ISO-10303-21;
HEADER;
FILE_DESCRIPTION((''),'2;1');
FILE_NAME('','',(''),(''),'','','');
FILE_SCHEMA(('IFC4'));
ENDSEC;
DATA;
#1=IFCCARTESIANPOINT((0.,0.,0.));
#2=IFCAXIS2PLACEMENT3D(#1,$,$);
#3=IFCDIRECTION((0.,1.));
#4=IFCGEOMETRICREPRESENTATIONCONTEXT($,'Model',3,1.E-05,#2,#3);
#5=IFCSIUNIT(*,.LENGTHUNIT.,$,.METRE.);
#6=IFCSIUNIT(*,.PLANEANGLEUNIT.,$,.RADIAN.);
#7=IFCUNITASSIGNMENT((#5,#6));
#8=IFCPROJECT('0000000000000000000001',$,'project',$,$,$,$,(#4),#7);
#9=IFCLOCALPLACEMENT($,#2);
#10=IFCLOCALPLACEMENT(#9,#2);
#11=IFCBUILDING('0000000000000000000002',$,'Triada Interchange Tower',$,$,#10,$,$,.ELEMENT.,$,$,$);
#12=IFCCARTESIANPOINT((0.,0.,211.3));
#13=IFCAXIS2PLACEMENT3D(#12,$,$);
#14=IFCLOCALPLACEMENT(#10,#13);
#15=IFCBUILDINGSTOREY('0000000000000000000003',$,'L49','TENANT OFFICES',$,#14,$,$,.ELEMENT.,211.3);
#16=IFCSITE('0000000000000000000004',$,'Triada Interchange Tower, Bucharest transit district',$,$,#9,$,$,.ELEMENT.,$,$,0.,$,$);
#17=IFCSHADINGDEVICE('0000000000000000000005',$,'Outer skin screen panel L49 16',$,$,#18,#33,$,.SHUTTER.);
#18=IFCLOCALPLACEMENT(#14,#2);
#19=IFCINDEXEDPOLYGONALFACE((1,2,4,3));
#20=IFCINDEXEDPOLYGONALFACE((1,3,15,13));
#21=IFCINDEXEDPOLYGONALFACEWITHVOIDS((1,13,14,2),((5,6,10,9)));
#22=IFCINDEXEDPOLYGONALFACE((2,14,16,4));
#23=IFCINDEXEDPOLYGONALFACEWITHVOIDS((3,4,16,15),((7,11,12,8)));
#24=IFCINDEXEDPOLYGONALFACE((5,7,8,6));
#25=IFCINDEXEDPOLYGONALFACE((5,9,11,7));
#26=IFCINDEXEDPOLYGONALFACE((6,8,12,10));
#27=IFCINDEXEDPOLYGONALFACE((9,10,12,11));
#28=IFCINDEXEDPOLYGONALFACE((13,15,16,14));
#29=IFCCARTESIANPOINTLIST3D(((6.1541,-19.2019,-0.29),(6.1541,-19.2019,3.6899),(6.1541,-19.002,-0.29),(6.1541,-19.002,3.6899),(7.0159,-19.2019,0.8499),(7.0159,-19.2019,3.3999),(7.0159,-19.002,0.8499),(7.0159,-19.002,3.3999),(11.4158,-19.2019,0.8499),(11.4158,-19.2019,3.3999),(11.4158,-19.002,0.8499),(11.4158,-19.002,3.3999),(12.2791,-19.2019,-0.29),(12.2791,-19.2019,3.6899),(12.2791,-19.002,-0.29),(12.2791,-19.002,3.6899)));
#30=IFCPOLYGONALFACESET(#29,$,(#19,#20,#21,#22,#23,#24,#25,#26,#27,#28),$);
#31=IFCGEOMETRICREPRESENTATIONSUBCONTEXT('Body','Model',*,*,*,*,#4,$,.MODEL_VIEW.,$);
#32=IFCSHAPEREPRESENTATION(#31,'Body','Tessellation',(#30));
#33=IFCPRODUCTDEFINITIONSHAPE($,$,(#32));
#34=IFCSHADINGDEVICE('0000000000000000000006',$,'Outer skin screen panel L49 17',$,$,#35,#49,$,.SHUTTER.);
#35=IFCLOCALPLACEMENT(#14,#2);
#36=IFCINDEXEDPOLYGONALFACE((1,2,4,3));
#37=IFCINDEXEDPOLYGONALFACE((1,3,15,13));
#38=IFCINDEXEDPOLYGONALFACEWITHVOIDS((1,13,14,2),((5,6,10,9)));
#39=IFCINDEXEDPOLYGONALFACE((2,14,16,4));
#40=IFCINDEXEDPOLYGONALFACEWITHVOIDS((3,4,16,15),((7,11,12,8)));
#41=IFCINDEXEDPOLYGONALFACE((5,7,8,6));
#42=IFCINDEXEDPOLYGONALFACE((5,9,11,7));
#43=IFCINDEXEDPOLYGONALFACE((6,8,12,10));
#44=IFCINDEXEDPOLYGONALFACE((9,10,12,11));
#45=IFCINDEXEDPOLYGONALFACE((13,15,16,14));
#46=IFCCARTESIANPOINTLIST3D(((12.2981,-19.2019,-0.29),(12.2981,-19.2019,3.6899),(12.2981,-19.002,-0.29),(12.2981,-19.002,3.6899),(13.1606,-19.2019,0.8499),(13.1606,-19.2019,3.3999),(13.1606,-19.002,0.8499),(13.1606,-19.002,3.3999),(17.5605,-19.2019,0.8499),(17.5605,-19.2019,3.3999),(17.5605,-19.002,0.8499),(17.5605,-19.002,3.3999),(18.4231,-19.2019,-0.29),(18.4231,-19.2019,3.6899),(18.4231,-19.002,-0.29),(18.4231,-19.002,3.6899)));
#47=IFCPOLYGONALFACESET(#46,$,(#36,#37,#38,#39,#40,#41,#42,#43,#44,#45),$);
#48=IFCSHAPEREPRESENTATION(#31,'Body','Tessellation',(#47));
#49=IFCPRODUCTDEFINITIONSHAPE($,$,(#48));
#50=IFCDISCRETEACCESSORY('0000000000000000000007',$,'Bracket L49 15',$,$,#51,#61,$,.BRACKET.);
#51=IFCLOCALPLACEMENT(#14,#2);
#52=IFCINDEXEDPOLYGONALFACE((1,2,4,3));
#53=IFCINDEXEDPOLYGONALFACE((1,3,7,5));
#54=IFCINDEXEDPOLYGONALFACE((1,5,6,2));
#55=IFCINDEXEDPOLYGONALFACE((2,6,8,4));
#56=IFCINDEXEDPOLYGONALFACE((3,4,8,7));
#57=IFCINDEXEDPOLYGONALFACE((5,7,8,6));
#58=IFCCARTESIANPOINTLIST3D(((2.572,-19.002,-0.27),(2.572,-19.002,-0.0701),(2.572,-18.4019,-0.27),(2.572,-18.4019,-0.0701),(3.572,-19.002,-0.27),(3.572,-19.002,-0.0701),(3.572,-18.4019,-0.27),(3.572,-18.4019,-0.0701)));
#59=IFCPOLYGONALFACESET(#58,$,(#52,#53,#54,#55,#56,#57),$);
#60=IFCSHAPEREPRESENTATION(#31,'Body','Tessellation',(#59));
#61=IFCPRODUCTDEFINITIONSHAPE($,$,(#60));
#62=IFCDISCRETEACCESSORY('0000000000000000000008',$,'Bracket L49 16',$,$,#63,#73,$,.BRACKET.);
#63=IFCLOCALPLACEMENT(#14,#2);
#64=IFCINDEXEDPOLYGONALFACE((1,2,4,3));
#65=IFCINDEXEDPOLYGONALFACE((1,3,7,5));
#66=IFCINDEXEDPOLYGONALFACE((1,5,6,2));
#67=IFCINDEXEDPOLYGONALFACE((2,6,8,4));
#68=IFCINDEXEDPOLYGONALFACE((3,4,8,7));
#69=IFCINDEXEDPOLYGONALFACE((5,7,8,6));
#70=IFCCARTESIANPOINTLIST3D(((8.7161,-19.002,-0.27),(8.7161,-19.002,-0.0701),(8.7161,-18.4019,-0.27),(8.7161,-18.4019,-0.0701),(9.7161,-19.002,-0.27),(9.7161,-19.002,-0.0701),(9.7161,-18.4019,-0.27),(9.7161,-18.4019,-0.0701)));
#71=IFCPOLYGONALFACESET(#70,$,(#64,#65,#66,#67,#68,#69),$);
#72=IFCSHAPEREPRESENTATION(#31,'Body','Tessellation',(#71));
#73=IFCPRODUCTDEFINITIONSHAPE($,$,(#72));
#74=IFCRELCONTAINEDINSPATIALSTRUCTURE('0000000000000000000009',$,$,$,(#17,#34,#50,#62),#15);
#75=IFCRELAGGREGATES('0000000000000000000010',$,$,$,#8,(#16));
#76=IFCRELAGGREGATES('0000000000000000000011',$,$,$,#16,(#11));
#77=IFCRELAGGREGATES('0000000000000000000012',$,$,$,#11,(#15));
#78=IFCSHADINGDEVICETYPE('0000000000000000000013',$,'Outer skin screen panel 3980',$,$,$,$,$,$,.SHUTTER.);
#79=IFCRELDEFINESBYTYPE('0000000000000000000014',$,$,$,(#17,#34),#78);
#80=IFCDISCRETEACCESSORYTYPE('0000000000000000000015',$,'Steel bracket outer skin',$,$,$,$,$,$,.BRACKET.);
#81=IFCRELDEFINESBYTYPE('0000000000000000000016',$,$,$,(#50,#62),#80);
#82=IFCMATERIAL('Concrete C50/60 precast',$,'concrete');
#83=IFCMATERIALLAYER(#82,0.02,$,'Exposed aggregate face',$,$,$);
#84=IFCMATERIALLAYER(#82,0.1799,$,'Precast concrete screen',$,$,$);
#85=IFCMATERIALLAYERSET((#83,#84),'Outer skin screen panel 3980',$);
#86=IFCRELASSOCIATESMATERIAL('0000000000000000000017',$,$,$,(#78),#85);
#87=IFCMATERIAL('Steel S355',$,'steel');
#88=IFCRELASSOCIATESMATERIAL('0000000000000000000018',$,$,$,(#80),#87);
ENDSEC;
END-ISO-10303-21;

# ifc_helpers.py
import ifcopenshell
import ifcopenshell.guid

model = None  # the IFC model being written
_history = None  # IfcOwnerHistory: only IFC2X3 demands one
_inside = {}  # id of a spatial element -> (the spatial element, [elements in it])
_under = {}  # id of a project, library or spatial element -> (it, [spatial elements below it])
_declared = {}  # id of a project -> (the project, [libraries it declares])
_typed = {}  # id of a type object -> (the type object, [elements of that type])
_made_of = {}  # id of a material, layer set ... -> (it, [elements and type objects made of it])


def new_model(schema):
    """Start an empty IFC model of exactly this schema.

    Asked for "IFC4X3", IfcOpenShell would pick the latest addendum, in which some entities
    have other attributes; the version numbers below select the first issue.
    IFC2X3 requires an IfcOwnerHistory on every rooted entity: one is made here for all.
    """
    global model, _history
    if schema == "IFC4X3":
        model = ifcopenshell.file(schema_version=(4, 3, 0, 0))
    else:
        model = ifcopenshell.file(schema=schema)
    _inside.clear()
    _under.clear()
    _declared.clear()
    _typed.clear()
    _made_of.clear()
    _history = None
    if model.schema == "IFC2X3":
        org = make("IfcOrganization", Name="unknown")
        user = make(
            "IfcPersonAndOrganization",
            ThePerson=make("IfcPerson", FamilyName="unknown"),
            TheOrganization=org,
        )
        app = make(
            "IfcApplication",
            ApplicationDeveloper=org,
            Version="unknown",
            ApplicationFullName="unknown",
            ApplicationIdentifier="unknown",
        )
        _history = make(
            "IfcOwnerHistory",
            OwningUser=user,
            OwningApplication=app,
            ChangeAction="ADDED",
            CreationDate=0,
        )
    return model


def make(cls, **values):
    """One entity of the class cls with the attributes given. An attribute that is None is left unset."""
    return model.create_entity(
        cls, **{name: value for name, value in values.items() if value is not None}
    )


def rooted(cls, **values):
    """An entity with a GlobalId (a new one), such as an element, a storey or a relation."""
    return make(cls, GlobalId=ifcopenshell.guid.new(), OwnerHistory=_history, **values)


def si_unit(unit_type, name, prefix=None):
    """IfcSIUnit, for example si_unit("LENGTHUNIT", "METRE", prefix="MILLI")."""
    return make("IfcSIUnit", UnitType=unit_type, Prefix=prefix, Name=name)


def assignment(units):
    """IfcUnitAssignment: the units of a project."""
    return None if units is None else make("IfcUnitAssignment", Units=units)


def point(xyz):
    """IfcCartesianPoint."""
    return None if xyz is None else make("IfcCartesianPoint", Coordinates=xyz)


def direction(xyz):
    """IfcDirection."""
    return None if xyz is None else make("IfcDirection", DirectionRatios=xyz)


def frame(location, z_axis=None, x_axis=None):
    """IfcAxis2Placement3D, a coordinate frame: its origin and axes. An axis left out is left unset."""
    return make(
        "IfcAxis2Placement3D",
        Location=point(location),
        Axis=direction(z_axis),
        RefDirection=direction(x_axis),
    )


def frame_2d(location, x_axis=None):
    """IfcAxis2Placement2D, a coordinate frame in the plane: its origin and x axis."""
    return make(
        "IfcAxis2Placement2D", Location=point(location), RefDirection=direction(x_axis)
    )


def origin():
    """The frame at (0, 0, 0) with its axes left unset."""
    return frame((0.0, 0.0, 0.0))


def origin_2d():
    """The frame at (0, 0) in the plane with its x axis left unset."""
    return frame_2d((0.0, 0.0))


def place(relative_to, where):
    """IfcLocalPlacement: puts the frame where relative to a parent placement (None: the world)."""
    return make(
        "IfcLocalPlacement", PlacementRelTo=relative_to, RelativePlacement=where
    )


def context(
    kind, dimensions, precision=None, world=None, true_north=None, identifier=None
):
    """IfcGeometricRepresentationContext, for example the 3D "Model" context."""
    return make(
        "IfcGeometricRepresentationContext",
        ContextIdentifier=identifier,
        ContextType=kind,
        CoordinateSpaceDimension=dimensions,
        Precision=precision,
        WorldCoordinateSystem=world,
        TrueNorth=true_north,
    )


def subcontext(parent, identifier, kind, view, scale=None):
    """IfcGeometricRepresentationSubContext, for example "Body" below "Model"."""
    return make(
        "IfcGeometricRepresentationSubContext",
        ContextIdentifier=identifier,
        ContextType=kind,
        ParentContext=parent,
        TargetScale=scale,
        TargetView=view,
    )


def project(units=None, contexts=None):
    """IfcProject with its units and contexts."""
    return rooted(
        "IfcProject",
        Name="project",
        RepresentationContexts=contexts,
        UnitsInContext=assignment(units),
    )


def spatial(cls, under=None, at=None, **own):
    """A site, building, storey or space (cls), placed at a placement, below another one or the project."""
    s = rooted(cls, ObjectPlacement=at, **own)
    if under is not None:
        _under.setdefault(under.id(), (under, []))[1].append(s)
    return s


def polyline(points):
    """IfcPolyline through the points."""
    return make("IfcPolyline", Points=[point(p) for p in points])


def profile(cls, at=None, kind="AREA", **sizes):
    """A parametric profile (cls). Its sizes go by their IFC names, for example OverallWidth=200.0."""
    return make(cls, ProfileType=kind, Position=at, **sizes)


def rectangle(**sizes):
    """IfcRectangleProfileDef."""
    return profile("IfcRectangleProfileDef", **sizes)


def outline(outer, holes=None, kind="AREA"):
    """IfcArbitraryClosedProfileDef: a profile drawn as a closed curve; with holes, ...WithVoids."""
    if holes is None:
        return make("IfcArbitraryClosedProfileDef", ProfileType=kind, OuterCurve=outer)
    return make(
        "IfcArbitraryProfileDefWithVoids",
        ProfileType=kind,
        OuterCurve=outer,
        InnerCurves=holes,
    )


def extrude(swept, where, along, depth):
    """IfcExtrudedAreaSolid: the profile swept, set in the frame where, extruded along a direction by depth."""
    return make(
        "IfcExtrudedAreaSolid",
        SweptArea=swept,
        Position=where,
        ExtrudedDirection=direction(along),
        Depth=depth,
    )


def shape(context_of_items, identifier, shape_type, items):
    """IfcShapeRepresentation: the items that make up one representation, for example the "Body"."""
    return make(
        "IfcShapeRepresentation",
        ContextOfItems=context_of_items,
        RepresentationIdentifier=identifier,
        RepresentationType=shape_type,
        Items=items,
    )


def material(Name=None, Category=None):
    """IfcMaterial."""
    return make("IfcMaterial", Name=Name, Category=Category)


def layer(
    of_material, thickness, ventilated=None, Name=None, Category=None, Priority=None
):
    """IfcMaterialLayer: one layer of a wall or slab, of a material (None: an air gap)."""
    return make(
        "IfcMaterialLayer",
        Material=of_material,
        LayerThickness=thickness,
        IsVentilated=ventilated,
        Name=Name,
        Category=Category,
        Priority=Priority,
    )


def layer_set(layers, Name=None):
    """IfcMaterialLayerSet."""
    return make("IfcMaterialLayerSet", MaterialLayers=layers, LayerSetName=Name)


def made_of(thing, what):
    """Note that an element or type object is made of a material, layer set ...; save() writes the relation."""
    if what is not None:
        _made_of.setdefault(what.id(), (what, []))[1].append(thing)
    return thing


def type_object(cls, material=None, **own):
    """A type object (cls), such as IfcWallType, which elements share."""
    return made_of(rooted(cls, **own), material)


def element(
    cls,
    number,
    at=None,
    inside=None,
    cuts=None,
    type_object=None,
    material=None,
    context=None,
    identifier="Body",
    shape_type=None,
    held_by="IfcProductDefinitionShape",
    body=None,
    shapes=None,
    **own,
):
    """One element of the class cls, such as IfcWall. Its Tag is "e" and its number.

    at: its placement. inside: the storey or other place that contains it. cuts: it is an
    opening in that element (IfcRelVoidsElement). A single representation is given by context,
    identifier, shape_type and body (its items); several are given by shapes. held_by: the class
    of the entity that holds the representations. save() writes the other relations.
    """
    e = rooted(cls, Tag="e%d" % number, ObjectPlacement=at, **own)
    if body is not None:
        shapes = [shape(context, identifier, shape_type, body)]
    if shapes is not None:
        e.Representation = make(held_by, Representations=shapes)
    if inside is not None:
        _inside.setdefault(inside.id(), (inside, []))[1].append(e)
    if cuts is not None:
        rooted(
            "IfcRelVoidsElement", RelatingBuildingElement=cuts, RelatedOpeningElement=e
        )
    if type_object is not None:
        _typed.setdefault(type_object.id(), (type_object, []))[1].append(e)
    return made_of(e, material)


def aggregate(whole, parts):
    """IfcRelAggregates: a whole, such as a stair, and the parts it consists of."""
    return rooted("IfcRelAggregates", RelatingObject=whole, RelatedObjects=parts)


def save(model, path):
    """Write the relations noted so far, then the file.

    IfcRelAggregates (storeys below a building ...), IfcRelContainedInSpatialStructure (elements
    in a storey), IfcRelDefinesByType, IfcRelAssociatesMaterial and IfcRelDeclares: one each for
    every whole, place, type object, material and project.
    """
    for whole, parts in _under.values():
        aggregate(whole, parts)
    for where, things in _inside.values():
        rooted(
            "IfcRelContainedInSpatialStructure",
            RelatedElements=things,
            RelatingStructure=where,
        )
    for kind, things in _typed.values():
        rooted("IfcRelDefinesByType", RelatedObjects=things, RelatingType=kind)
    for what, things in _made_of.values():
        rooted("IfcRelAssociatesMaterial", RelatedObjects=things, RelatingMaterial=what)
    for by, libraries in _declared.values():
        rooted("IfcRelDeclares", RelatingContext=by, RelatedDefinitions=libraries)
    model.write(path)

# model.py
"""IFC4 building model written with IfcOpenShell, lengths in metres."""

from ifc_helpers import new_model, si_unit, direction, frame, origin, origin_2d, place, context, subcontext, project, spatial, polyline, rectangle, outline, extrude, material, layer, layer_set, type_object, element, save


model = new_model("IFC4")

# Units and contexts
model_context = context("Model", 3, precision=1e-05, world=origin(), true_north=direction((0.0, 1.0)))
body_context = subcontext(model_context, "Body", "Model", "MODEL_VIEW")
ifc_project = project(units=[si_unit("LENGTHUNIT", "METRE"), si_unit("PLANEANGLEUNIT", "RADIAN")], contexts=[model_context])

# Site, building, storey
site_placement = place(None, origin())
site = spatial("IfcSite", under=ifc_project, at=site_placement, Name="Triada Interchange Tower, Bucharest transit district", CompositionType="ELEMENT", RefElevation=0.0)
building_placement = place(site_placement, origin())
building = spatial("IfcBuilding", under=site, at=building_placement, Name="Triada Interchange Tower", CompositionType="ELEMENT")
storey_placement = place(building_placement, frame((0.0, 0.0, 211.3)))
storey = spatial("IfcBuildingStorey", under=building, at=storey_placement, Name="L49", Description="TENANT OFFICES", CompositionType="ELEMENT", Elevation=211.3)

# Shading devices
ifc_material_1 = material(Name="Concrete C50/60 precast", Category="concrete")
ifc_layer_1 = layer(ifc_material_1, 0.02, Name="Exposed aggregate face")
ifc_layer_2 = layer(ifc_material_1, 0.1799, Name="Precast concrete screen")
ifc_layer_set_1 = layer_set([ifc_layer_1, ifc_layer_2], Name="Outer skin screen panel 3980")
shading_device_type = type_object("IfcShadingDeviceType", Name="Outer skin screen panel 3980", PredefinedType="SHUTTER", material=ifc_layer_set_1)
shading_device_1_placement = place(storey_placement, frame((6.1541, -19.002, -0.29), z_axis=(0.0, 0.0, 1.0), x_axis=(1.0, 0.0, 0.0)))
element("IfcShadingDevice", 1, at=shading_device_1_placement, inside=storey, type_object=shading_device_type, Name="Outer skin screen panel L49 16", PredefinedType="SHUTTER", context=body_context, shape_type="SweptSolid", body=[
    extrude(outline(polyline([(0.0, 0.0), (6.125, 0.0), (6.125, 3.98), (0.0, 3.98), (0.0, 0.0)]), holes=[polyline([(0.8618, 1.1399), (0.8618, 3.6899), (5.2617, 3.6899), (5.2617, 1.1399), (0.8618, 1.1399)])]), frame((0.0, 0.0, 0.0), z_axis=(0.0, -1.0, 0.0), x_axis=(1.0, 0.0, 0.0)), (0.0, 0.0, 1.0), 0.2),
])
shading_device_2_placement = place(storey_placement, frame((12.2981, -19.002, -0.29), z_axis=(0.0, 0.0, 1.0), x_axis=(1.0, 0.0, 0.0)))
element("IfcShadingDevice", 2, at=shading_device_2_placement, inside=storey, type_object=shading_device_type, Name="Outer skin screen panel L49 17", PredefinedType="SHUTTER", context=body_context, shape_type="SweptSolid", body=[
    extrude(outline(polyline([(0.0, 0.0), (6.125, 0.0), (6.125, 3.98), (0.0, 3.98), (0.0, 0.0)]), holes=[polyline([(0.8625, 1.1399), (0.8625, 3.6899), (5.2625, 3.6899), (5.2625, 1.1399), (0.8625, 1.1399)])]), frame((0.0, 0.0, 0.0), z_axis=(0.0, -1.0, 0.0), x_axis=(1.0, 0.0, 0.0)), (0.0, 0.0, 1.0), 0.2),
])

# Discrete accessories
ifc_material_2 = material(Name="Steel S355", Category="steel")
discrete_accessory_type = type_object("IfcDiscreteAccessoryType", Name="Steel bracket outer skin", PredefinedType="BRACKET", material=ifc_material_2)
for number, where, z_axis, x_axis, name in (
    (3, (3.072, -18.7019, -0.27), (0.0, 0.0, 1.0), (0.0, -1.0, 0.0), "Bracket L49 15"),
    (4, (9.2161, -18.7019, -0.27), (0.0, 0.0, 1.0), (0.0, -1.0, 0.0), "Bracket L49 16"),
):
    element("IfcDiscreteAccessory", number, at=place(storey_placement, frame(where, z_axis=z_axis, x_axis=x_axis)), inside=storey, type_object=discrete_accessory_type, Name=name, PredefinedType="BRACKET", context=body_context, shape_type="SweptSolid", body=[
        extrude(rectangle(XDim=0.6001, YDim=1.0, at=origin_2d()), origin(), (0.0, 0.0, 1.0), 0.2),
    ])

save(model, "model.ifc")
